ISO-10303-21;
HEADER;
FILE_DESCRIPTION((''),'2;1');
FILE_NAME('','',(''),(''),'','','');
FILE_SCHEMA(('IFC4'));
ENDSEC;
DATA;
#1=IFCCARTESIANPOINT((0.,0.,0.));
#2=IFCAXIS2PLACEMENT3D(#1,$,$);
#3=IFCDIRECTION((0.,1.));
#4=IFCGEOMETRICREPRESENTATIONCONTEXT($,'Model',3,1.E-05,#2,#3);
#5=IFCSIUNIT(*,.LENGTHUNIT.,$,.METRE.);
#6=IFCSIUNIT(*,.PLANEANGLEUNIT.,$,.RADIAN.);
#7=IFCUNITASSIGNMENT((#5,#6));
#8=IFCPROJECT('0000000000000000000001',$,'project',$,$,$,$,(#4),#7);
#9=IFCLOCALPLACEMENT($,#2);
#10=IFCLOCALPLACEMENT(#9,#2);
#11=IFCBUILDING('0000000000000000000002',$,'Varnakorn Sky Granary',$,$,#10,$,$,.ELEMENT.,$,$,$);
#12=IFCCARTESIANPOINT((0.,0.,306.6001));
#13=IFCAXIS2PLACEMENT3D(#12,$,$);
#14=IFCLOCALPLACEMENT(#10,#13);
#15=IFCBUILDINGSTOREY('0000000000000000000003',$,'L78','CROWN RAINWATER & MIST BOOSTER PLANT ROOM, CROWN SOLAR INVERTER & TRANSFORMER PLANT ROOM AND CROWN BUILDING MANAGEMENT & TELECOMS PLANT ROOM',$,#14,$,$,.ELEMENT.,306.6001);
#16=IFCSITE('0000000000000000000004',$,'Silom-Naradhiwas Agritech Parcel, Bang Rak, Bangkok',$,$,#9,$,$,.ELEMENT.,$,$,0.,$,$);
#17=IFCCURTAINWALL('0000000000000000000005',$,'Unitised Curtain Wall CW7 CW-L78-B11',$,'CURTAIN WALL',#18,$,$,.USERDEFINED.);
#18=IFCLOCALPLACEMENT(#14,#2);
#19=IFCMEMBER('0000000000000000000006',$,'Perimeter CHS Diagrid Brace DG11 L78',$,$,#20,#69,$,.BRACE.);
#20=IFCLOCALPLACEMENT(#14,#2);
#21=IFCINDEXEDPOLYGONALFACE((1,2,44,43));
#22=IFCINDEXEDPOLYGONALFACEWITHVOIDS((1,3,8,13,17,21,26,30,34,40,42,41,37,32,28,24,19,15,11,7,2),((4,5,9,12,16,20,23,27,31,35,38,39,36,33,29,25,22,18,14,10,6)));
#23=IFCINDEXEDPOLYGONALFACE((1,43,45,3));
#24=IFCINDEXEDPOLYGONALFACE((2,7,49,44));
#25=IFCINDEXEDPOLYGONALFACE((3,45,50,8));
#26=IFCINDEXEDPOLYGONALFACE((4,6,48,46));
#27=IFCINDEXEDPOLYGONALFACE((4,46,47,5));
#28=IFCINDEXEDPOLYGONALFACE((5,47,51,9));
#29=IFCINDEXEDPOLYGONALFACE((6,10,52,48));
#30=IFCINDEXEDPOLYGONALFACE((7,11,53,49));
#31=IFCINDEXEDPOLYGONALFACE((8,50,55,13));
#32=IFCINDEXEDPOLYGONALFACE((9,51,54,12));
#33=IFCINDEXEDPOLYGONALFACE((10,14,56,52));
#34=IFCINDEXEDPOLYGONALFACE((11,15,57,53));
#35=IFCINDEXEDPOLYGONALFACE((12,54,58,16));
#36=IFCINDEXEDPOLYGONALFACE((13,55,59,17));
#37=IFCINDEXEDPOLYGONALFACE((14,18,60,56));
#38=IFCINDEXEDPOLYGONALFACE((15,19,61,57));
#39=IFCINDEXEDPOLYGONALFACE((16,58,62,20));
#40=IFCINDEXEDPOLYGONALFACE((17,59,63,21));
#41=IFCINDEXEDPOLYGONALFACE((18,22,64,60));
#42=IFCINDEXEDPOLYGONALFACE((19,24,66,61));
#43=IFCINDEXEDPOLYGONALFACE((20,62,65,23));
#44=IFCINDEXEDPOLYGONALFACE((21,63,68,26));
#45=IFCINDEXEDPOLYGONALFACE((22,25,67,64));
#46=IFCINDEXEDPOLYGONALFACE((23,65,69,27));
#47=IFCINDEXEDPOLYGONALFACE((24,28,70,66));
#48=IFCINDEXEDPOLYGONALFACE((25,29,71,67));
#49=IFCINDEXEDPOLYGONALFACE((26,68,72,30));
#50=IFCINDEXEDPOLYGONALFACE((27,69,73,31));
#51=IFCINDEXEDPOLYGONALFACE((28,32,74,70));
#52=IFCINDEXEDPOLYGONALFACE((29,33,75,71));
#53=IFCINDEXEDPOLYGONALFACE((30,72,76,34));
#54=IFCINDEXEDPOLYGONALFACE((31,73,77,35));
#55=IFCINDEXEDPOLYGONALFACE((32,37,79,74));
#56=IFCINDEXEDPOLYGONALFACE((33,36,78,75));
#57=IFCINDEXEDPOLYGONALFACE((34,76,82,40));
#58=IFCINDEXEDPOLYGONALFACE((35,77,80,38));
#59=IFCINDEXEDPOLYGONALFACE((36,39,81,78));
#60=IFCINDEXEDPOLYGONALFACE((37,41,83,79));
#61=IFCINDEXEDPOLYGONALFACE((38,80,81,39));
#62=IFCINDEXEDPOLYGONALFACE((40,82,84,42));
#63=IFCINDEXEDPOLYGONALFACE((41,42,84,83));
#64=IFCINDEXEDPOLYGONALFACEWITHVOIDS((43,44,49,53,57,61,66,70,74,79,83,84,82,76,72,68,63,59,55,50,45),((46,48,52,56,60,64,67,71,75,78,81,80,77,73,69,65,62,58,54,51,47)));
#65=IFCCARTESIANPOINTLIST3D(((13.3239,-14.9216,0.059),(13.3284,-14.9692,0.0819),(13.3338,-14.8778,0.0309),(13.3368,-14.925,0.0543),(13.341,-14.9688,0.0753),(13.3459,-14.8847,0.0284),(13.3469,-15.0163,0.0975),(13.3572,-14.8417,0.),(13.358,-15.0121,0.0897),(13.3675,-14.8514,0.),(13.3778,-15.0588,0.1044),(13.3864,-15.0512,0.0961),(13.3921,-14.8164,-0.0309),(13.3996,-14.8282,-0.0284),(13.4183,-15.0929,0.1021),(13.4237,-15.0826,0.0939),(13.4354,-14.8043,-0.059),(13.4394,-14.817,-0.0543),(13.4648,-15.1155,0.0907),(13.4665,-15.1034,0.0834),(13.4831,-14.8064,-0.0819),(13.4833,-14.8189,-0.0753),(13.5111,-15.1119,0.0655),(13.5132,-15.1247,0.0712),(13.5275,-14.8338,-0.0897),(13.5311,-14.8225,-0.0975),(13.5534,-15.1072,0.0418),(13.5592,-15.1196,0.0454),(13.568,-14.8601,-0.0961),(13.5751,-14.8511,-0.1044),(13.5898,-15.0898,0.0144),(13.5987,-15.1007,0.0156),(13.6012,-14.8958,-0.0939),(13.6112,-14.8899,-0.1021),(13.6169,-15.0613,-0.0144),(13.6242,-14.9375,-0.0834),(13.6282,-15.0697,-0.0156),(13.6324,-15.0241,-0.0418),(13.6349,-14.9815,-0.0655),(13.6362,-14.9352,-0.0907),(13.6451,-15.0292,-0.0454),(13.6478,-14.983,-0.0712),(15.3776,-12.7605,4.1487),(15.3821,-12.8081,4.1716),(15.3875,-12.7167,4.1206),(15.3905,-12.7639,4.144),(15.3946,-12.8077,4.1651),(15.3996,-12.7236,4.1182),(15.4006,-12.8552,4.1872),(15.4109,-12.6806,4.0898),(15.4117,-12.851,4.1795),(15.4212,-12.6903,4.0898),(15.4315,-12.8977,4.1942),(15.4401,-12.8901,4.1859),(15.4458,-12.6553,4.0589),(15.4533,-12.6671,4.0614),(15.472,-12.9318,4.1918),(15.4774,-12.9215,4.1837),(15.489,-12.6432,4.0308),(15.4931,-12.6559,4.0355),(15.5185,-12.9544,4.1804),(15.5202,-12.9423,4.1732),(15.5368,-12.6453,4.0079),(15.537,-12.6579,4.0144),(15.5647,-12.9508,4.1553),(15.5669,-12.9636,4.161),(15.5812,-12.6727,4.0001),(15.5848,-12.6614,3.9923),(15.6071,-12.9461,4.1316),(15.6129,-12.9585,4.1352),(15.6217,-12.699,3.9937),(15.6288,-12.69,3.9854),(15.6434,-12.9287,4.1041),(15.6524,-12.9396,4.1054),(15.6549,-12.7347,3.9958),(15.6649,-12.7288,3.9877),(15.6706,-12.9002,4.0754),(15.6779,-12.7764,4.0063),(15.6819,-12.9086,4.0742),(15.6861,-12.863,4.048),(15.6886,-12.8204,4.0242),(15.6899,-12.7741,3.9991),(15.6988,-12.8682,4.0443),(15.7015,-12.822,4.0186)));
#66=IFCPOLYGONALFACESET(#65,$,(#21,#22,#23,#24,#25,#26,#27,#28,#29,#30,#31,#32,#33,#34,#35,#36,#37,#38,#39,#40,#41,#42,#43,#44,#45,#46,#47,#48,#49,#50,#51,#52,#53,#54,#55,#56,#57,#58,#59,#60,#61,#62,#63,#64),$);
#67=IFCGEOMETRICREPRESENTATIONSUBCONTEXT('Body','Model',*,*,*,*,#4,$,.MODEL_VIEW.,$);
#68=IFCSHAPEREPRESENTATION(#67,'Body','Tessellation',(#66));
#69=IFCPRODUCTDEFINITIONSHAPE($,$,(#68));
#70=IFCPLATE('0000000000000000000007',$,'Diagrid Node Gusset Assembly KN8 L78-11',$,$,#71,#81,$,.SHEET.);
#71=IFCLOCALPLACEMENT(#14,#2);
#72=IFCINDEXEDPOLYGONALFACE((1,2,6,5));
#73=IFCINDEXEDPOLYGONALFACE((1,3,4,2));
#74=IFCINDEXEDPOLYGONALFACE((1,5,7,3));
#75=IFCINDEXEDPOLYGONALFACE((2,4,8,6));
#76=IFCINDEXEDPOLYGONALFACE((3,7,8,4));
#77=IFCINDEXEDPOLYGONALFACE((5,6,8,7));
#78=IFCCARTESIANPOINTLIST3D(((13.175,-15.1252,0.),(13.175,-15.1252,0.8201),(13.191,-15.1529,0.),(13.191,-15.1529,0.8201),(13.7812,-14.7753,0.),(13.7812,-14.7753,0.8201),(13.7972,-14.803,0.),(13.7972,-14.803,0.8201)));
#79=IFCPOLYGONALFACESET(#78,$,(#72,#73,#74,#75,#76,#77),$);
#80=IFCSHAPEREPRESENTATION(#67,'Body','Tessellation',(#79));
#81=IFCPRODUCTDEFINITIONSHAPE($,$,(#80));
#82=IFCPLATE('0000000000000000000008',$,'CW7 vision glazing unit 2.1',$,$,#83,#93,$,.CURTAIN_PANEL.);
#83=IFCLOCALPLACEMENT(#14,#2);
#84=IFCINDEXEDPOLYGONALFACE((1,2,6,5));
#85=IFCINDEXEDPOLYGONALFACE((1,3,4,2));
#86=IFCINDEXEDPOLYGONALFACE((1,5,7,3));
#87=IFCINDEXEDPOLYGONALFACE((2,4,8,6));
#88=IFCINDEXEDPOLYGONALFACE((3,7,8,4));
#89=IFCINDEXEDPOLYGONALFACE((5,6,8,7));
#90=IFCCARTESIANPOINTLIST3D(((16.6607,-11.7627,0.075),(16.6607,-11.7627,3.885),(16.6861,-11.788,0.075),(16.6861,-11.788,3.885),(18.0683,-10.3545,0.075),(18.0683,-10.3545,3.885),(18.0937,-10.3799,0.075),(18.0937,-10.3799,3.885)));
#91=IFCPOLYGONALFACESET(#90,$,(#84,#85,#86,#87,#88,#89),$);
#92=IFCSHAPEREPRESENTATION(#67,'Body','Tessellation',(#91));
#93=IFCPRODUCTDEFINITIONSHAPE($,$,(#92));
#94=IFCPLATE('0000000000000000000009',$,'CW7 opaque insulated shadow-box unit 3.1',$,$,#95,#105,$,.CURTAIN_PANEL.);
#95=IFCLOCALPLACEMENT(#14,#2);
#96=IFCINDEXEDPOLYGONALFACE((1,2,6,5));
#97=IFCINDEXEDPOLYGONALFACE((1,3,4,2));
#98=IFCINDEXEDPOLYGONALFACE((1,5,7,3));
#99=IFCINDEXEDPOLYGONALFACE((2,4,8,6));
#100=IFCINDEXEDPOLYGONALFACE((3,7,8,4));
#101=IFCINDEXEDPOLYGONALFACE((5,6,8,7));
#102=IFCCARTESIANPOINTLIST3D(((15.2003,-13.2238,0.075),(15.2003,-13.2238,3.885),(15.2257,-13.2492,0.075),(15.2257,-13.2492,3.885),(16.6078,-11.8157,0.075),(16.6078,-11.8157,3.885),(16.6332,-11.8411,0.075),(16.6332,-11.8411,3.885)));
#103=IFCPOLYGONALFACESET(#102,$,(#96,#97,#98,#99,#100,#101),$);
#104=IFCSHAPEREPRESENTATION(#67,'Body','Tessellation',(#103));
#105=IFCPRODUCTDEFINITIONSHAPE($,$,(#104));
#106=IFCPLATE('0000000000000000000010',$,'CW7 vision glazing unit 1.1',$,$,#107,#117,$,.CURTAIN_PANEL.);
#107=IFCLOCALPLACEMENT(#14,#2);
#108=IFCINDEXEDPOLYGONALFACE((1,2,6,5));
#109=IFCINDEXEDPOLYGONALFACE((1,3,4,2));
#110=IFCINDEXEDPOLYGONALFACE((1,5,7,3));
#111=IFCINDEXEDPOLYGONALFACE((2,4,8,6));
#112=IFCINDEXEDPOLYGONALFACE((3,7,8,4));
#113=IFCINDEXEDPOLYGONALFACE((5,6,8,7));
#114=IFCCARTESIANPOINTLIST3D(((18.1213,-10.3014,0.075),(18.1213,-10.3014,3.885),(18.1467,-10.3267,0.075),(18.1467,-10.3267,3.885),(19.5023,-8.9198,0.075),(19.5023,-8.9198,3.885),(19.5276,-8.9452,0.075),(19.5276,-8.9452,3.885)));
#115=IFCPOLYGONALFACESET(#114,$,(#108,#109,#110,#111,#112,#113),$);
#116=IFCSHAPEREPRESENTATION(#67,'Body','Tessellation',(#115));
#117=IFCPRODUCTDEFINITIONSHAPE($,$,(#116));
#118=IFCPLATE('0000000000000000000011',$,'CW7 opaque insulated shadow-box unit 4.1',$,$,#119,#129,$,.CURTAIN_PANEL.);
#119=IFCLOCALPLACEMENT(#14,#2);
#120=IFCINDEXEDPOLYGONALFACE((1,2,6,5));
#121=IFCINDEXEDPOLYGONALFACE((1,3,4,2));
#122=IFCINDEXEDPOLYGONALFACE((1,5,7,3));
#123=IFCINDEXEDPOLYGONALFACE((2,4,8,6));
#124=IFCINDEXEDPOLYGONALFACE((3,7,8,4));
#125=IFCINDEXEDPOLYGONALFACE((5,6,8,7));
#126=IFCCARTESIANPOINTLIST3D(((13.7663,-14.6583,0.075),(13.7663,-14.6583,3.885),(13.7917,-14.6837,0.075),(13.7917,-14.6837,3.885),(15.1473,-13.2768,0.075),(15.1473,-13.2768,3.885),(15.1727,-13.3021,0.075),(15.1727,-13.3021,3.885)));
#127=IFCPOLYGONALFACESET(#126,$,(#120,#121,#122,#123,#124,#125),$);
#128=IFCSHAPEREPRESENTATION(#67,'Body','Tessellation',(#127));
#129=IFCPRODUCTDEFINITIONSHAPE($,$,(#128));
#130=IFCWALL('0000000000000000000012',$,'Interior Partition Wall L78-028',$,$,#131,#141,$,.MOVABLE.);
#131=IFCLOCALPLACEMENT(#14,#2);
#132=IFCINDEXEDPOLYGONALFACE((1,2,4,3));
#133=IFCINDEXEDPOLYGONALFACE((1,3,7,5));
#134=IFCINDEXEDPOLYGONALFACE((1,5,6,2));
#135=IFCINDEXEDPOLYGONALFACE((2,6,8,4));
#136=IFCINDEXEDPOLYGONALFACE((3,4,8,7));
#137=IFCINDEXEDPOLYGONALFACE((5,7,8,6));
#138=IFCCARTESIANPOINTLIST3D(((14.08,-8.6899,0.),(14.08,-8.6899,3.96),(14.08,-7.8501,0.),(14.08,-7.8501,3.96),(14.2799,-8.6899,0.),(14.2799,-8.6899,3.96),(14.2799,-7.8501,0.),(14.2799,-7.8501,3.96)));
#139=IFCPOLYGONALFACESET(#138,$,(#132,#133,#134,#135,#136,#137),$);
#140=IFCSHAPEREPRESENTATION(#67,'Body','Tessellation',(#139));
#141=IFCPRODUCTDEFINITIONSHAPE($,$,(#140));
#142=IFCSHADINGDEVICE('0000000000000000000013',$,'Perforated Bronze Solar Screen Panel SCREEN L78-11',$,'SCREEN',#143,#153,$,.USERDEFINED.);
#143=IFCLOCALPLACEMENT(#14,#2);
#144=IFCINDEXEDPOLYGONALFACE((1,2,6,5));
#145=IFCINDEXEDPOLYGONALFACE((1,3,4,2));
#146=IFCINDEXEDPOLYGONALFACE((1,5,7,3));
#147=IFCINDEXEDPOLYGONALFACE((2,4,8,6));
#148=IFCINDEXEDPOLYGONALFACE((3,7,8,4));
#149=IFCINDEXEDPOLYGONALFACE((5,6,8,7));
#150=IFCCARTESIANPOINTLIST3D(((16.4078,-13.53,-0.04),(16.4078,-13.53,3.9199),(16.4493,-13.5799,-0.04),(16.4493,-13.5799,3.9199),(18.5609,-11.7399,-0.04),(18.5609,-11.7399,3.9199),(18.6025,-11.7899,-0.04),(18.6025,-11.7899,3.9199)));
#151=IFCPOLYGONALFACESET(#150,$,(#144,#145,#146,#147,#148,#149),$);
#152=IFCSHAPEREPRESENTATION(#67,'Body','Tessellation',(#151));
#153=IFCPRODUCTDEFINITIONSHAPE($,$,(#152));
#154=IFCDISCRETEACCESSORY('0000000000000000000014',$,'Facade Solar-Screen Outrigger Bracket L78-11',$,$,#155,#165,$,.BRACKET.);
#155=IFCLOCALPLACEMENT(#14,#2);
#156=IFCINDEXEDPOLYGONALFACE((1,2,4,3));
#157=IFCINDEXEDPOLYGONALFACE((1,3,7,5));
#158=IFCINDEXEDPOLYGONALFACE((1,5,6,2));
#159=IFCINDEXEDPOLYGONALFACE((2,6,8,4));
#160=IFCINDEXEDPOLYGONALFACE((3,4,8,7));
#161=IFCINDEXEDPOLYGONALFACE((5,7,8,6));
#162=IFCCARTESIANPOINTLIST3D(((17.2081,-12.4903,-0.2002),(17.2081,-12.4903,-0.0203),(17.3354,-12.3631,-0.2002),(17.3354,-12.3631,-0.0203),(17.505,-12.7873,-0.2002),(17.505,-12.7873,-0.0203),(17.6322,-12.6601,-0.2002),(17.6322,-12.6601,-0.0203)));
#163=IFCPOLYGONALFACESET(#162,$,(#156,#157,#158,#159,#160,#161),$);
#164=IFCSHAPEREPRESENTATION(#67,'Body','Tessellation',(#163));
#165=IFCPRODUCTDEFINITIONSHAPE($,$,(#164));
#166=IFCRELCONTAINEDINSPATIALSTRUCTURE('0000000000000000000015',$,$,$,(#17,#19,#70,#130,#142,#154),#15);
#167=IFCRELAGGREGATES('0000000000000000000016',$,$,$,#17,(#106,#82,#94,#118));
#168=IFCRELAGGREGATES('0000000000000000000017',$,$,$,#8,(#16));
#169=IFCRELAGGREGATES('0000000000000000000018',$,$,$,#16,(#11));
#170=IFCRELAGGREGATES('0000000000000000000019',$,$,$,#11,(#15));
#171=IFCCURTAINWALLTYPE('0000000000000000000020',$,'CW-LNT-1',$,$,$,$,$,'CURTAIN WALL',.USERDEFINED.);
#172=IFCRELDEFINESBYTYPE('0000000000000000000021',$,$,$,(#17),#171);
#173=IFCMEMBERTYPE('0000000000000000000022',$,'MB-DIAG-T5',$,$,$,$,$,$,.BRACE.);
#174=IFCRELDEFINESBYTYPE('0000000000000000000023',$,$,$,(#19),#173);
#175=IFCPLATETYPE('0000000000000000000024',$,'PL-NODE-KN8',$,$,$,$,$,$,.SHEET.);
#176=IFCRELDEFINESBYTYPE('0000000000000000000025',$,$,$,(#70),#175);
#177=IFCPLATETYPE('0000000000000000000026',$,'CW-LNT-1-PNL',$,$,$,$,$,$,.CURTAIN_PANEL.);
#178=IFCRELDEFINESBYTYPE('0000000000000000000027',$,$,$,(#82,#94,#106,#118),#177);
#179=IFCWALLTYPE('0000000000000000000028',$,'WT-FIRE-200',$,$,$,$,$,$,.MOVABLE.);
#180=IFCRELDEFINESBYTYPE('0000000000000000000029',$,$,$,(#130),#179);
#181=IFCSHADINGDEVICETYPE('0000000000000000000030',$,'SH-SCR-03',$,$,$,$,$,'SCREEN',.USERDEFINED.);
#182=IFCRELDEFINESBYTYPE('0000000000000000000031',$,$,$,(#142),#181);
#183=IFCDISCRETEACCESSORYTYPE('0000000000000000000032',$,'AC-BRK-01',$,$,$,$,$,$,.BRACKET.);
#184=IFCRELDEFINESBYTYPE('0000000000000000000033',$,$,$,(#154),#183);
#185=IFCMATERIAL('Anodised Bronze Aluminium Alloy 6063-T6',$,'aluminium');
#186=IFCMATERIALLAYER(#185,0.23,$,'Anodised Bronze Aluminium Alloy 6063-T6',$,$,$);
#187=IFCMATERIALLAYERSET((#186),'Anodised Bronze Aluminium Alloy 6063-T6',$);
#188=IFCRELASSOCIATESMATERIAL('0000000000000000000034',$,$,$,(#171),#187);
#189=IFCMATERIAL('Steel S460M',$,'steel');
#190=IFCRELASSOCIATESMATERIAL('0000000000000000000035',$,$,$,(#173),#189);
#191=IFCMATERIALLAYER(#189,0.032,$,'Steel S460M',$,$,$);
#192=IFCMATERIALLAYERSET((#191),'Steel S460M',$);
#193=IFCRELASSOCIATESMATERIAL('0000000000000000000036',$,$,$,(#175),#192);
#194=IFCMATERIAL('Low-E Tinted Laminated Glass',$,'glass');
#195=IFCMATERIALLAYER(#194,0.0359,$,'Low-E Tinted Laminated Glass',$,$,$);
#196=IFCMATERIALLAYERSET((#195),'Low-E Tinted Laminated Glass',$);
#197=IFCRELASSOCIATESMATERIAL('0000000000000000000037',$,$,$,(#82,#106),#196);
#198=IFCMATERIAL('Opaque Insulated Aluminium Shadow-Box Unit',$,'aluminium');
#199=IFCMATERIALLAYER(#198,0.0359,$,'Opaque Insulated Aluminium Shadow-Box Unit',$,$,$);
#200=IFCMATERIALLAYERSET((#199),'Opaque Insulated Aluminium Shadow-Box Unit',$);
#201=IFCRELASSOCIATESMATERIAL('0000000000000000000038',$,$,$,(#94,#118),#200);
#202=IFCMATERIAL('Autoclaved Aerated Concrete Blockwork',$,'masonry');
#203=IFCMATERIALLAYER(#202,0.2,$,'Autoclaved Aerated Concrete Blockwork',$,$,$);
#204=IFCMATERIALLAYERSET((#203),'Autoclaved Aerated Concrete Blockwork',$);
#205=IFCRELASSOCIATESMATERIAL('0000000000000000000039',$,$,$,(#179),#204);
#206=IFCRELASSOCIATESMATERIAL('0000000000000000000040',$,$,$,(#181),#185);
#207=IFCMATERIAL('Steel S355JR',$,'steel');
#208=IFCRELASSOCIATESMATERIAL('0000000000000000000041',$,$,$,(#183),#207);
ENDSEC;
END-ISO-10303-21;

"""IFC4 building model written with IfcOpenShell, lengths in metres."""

from ifc_helpers import new_model, si_unit, direction, frame, frame_2d, origin, origin_2d, place, context, subcontext, project, spatial, rectangle, hollow_circle, extrude, source, transform, mapped, material, layer, layer_set, material_profile, profile_set, type_object, type_shapes, element, aggregate, save


model = new_model("IFC4")

# Units and contexts
model_context = context("Model", 3, precision=1e-05, world=origin(), true_north=direction((0.0, 1.0)))
body_context = subcontext(model_context, "Body", "Model", "MODEL_VIEW")
ifc_project = project(units=[si_unit("LENGTHUNIT", "METRE"), si_unit("PLANEANGLEUNIT", "RADIAN")], contexts=[model_context])

# Site, building, storey
site_placement = place(None, origin())
site = spatial("IfcSite", under=ifc_project, at=site_placement, Name="Silom-Naradhiwas Agritech Parcel, Bang Rak, Bangkok", CompositionType="ELEMENT", RefElevation=0.0)
building_placement = place(site_placement, origin())
building = spatial("IfcBuilding", under=site, at=building_placement, Name="Varnakorn Sky Granary", CompositionType="ELEMENT")
storey_placement = place(building_placement, frame((0.0, 0.0, 306.6001)))
storey = spatial("IfcBuildingStorey", under=building, at=storey_placement, Name="L78", Description="CROWN RAINWATER & MIST BOOSTER PLANT ROOM, CROWN SOLAR INVERTER & TRANSFORMER PLANT ROOM AND CROWN BUILDING MANAGEMENT & TELECOMS PLANT ROOM", CompositionType="ELEMENT", Elevation=306.6001)

# Shared definitions
ifc_material_1 = material(Name="Steel S460M", Category="steel")

# Shared definitions
ifc_material_2 = material(Name="Steel S355JR", Category="steel")

# Curtain wall
ifc_material_3 = material(Name="Anodised Bronze Aluminium Alloy 6063-T6", Category="aluminium")
ifc_layer_1 = layer(ifc_material_3, 0.23, Name="Anodised Bronze Aluminium Alloy 6063-T6")
ifc_layer_set_1 = layer_set([ifc_layer_1], Name="Anodised Bronze Aluminium Alloy 6063-T6")
curtain_wall_type = type_object("IfcCurtainWallType", Name="CW-LNT-1", ElementType="CURTAIN WALL", PredefinedType="USERDEFINED", material=ifc_layer_set_1)
curtain_wall_placement = place(storey_placement, origin())
curtain_wall = element("IfcCurtainWall", 1, at=curtain_wall_placement, inside=storey, type_object=curtain_wall_type, Name="Unitised Curtain Wall CW7 CW-L78-B11", ObjectType="CURTAIN WALL", PredefinedType="USERDEFINED")

# Member
ifc_material_profile_1 = material_profile(ifc_material_1, hollow_circle(Radius=0.1777, WallThickness=0.0142, at=origin_2d()), Name="CHS 355.6x14")
ifc_profile_set_1 = profile_set([ifc_material_profile_1], Name="Steel S460M")
member_type_1 = type_object("IfcMemberType", Name="MB-DIAG-T5", PredefinedType="BRACE", material=ifc_profile_set_1)
member_1_placement = place(storey_placement, frame((13.4861, -14.9641, 0.0), z_axis=(0.405781, 0.427006, 0.808089), x_axis=(-0.724893, 0.688861, 0.0)))
element("IfcMember", 2, at=member_1_placement, inside=storey, type_object=member_type_1, Name="Perimeter CHS Diagrid Brace DG11 L78", PredefinedType="BRACE", context=body_context, shape_type="SweptSolid", body=[
    extrude(hollow_circle(Radius=0.1777, WallThickness=0.0142, at=origin_2d()), origin(), (0.0, 0.0, 1.0), 5.061),
])

# Plates
ifc_layer_2 = layer(ifc_material_1, 0.032, Name="Steel S460M")
ifc_layer_set_2 = layer_set([ifc_layer_2], Name="Steel S460M")
plate_type_1 = type_object("IfcPlateType", Name="PL-NODE-KN8", PredefinedType="SHEET", material=ifc_layer_set_2)
plate_1_placement = place(storey_placement, frame((13.4861, -14.9641, 0.0), z_axis=(0.0, 0.0, 1.0), x_axis=(0.866114, 0.499847, 0.0)))
element("IfcPlate", 3, at=plate_1_placement, inside=storey, type_object=plate_type_1, Name="Diagrid Node Gusset Assembly KN8 L78-11", PredefinedType="SHEET", context=body_context, shape_type="SweptSolid", body=[
    extrude(rectangle(XDim=0.7, YDim=0.032, at=origin_2d()), origin(), (0.0, 0.0, 1.0), 0.8201),
])
ifc_material_4 = material(Name="Low-E Tinted Laminated Glass", Category="glass")
ifc_layer_3 = layer(ifc_material_4, 0.0359, Name="Low-E Tinted Laminated Glass")
ifc_layer_set_3 = layer_set([ifc_layer_3], Name="Low-E Tinted Laminated Glass")
plate_type_2 = type_object("IfcPlateType", Name="CW-LNT-1-PNL", PredefinedType="CURTAIN_PANEL")
shared_shape_1 = source(origin(), body_context, "Body", "SweptSolid", [
    extrude(rectangle(XDim=1.991, YDim=0.0359, at=origin_2d()), origin(), (0.0, 0.0, 1.0), 3.8101),
])
plate_2_placement = place(storey_placement, frame((17.3772, -11.0713, 0.075), z_axis=(0.0, 0.0, 1.0), x_axis=(-0.706962, -0.707252, 0.0)))
plate_2 = element("IfcPlate", 4, at=plate_2_placement, type_object=plate_type_2, material=ifc_layer_set_3, Name="CW7 vision glazing unit 2.1", PredefinedType="CURTAIN_PANEL", context=body_context, shape_type="MappedRepresentation", body=[
    mapped(shared_shape_1, transform((0.0, 0.0, 0.0), x_axis=(1.0, 0.0, 0.0), y_axis=(0.0, 1.0, 0.0), z_axis=(0.0, 0.0, 1.0), scale=1.0)),
])
ifc_material_5 = material(Name="Opaque Insulated Aluminium Shadow-Box Unit", Category="aluminium")
ifc_layer_4 = layer(ifc_material_5, 0.0359, Name="Opaque Insulated Aluminium Shadow-Box Unit")
ifc_layer_set_4 = layer_set([ifc_layer_4], Name="Opaque Insulated Aluminium Shadow-Box Unit")
plate_3_placement = place(storey_placement, frame((15.9167, -12.5325, 0.075), z_axis=(0.0, 0.0, 1.0), x_axis=(-0.706962, -0.707252, 0.0)))
plate_3 = element("IfcPlate", 5, at=plate_3_placement, type_object=plate_type_2, material=ifc_layer_set_4, Name="CW7 opaque insulated shadow-box unit 3.1", PredefinedType="CURTAIN_PANEL", context=body_context, shape_type="MappedRepresentation", body=[
    mapped(shared_shape_1, transform((0.0, 0.0, 0.0), x_axis=(1.0, 0.0, 0.0), y_axis=(0.0, 1.0, 0.0), z_axis=(0.0, 0.0, 1.0), scale=1.0)),
])
shared_shape_2 = source(origin(), body_context, "Body", "SweptSolid", [
    extrude(rectangle(XDim=1.9534, YDim=0.0359, at=origin_2d()), origin(), (0.0, 0.0, 1.0), 3.8101),
])
type_shapes(plate_type_2, [shared_shape_1, shared_shape_2])
plate_4_placement = place(storey_placement, frame((18.8245, -9.6233, 0.075), z_axis=(0.0, 0.0, 1.0), x_axis=(-0.706962, -0.707252, 0.0)))
plate_4 = element("IfcPlate", 6, at=plate_4_placement, type_object=plate_type_2, material=ifc_layer_set_3, Name="CW7 vision glazing unit 1.1", PredefinedType="CURTAIN_PANEL", context=body_context, shape_type="MappedRepresentation", body=[
    mapped(shared_shape_2, transform((0.0, 0.0, 0.0), x_axis=(1.0, 0.0, 0.0), y_axis=(0.0, 1.0, 0.0), z_axis=(0.0, 0.0, 1.0), scale=1.0)),
])
plate_5_placement = place(storey_placement, frame((14.4695, -13.9802, 0.075), z_axis=(0.0, 0.0, 1.0), x_axis=(-0.706962, -0.707252, 0.0)))
plate_5 = element("IfcPlate", 7, at=plate_5_placement, type_object=plate_type_2, material=ifc_layer_set_4, Name="CW7 opaque insulated shadow-box unit 4.1", PredefinedType="CURTAIN_PANEL", context=body_context, shape_type="MappedRepresentation", body=[
    mapped(shared_shape_2, transform((0.0, 0.0, 0.0), x_axis=(1.0, 0.0, 0.0), y_axis=(0.0, 1.0, 0.0), z_axis=(0.0, 0.0, 1.0), scale=1.0)),
])
aggregate(curtain_wall, [plate_4, plate_2, plate_3, plate_5])

# Wall
ifc_material_6 = material(Name="Autoclaved Aerated Concrete Blockwork", Category="masonry")
ifc_layer_5 = layer(ifc_material_6, 0.2, Name="Autoclaved Aerated Concrete Blockwork")
ifc_layer_set_5 = layer_set([ifc_layer_5], Name="Autoclaved Aerated Concrete Blockwork")
wall_type = type_object("IfcWallType", Name="WT-FIRE-200", PredefinedType="MOVABLE", material=ifc_layer_set_5)
wall_placement = place(storey_placement, frame((14.1799, -8.6899, 0.0), z_axis=(0.0, 0.0, 1.0), x_axis=(0.0, 1.0, 0.0)))
element("IfcWall", 8, at=wall_placement, inside=storey, type_object=wall_type, Name="Interior Partition Wall L78-028", PredefinedType="MOVABLE", context=body_context, shape_type="SweptSolid", body=[
    extrude(rectangle(XDim=0.8398, YDim=0.2, at=frame_2d((0.4199, 0.0))), origin(), (0.0, 0.0, 1.0), 3.96),
])

# Shading device
shading_device_type = type_object("IfcShadingDeviceType", Name="SH-SCR-03", ElementType="SCREEN", PredefinedType="USERDEFINED", material=ifc_material_3)
shared_shape_3 = source(origin(), body_context, "Body", "SweptSolid", [
    extrude(rectangle(XDim=2.8, YDim=0.0649, at=origin_2d()), origin(), (0.0, 0.0, 1.0), 3.96),
])
type_shapes(shading_device_type, [shared_shape_3])
shading_device_placement = place(storey_placement, frame((17.5051, -12.6599, -0.04), z_axis=(0.0, 0.0, 1.0), x_axis=(0.768967, 0.639288, 0.0)))
element("IfcShadingDevice", 9, at=shading_device_placement, inside=storey, type_object=shading_device_type, Name="Perforated Bronze Solar Screen Panel SCREEN L78-11", ObjectType="SCREEN", PredefinedType="USERDEFINED", context=body_context, shape_type="MappedRepresentation", body=[
    mapped(shared_shape_3, transform((0.0, 0.0, 0.0), x_axis=(1.0, 0.0, 0.0), y_axis=(0.0, 1.0, 0.0), z_axis=(0.0, 0.0, 1.0), scale=1.0)),
])

# Discrete accessory
discrete_accessory_type = type_object("IfcDiscreteAccessoryType", Name="AC-BRK-01", PredefinedType="BRACKET", material=ifc_material_2)
shared_shape_4 = source(origin(), body_context, "Body", "SweptSolid", [
    extrude(rectangle(XDim=0.1799, YDim=0.4199, at=origin_2d()), origin(), (0.0, 0.0, 1.0), 0.1799),
])
type_shapes(discrete_accessory_type, [shared_shape_4])
discrete_accessory_placement = place(storey_placement, frame((17.4202, -12.5752, -0.2002), z_axis=(0.0, 0.0, 1.0), x_axis=(0.707245, 0.706968, 0.0)))
element("IfcDiscreteAccessory", 10, at=discrete_accessory_placement, inside=storey, type_object=discrete_accessory_type, Name="Facade Solar-Screen Outrigger Bracket L78-11", PredefinedType="BRACKET", context=body_context, shape_type="MappedRepresentation", body=[
    mapped(shared_shape_4, transform((0.0, 0.0, 0.0), x_axis=(1.0, 0.0, 0.0), y_axis=(0.0, 1.0, 0.0), z_axis=(0.0, 0.0, 1.0), scale=1.0)),
])

save(model, "model.ifc")
